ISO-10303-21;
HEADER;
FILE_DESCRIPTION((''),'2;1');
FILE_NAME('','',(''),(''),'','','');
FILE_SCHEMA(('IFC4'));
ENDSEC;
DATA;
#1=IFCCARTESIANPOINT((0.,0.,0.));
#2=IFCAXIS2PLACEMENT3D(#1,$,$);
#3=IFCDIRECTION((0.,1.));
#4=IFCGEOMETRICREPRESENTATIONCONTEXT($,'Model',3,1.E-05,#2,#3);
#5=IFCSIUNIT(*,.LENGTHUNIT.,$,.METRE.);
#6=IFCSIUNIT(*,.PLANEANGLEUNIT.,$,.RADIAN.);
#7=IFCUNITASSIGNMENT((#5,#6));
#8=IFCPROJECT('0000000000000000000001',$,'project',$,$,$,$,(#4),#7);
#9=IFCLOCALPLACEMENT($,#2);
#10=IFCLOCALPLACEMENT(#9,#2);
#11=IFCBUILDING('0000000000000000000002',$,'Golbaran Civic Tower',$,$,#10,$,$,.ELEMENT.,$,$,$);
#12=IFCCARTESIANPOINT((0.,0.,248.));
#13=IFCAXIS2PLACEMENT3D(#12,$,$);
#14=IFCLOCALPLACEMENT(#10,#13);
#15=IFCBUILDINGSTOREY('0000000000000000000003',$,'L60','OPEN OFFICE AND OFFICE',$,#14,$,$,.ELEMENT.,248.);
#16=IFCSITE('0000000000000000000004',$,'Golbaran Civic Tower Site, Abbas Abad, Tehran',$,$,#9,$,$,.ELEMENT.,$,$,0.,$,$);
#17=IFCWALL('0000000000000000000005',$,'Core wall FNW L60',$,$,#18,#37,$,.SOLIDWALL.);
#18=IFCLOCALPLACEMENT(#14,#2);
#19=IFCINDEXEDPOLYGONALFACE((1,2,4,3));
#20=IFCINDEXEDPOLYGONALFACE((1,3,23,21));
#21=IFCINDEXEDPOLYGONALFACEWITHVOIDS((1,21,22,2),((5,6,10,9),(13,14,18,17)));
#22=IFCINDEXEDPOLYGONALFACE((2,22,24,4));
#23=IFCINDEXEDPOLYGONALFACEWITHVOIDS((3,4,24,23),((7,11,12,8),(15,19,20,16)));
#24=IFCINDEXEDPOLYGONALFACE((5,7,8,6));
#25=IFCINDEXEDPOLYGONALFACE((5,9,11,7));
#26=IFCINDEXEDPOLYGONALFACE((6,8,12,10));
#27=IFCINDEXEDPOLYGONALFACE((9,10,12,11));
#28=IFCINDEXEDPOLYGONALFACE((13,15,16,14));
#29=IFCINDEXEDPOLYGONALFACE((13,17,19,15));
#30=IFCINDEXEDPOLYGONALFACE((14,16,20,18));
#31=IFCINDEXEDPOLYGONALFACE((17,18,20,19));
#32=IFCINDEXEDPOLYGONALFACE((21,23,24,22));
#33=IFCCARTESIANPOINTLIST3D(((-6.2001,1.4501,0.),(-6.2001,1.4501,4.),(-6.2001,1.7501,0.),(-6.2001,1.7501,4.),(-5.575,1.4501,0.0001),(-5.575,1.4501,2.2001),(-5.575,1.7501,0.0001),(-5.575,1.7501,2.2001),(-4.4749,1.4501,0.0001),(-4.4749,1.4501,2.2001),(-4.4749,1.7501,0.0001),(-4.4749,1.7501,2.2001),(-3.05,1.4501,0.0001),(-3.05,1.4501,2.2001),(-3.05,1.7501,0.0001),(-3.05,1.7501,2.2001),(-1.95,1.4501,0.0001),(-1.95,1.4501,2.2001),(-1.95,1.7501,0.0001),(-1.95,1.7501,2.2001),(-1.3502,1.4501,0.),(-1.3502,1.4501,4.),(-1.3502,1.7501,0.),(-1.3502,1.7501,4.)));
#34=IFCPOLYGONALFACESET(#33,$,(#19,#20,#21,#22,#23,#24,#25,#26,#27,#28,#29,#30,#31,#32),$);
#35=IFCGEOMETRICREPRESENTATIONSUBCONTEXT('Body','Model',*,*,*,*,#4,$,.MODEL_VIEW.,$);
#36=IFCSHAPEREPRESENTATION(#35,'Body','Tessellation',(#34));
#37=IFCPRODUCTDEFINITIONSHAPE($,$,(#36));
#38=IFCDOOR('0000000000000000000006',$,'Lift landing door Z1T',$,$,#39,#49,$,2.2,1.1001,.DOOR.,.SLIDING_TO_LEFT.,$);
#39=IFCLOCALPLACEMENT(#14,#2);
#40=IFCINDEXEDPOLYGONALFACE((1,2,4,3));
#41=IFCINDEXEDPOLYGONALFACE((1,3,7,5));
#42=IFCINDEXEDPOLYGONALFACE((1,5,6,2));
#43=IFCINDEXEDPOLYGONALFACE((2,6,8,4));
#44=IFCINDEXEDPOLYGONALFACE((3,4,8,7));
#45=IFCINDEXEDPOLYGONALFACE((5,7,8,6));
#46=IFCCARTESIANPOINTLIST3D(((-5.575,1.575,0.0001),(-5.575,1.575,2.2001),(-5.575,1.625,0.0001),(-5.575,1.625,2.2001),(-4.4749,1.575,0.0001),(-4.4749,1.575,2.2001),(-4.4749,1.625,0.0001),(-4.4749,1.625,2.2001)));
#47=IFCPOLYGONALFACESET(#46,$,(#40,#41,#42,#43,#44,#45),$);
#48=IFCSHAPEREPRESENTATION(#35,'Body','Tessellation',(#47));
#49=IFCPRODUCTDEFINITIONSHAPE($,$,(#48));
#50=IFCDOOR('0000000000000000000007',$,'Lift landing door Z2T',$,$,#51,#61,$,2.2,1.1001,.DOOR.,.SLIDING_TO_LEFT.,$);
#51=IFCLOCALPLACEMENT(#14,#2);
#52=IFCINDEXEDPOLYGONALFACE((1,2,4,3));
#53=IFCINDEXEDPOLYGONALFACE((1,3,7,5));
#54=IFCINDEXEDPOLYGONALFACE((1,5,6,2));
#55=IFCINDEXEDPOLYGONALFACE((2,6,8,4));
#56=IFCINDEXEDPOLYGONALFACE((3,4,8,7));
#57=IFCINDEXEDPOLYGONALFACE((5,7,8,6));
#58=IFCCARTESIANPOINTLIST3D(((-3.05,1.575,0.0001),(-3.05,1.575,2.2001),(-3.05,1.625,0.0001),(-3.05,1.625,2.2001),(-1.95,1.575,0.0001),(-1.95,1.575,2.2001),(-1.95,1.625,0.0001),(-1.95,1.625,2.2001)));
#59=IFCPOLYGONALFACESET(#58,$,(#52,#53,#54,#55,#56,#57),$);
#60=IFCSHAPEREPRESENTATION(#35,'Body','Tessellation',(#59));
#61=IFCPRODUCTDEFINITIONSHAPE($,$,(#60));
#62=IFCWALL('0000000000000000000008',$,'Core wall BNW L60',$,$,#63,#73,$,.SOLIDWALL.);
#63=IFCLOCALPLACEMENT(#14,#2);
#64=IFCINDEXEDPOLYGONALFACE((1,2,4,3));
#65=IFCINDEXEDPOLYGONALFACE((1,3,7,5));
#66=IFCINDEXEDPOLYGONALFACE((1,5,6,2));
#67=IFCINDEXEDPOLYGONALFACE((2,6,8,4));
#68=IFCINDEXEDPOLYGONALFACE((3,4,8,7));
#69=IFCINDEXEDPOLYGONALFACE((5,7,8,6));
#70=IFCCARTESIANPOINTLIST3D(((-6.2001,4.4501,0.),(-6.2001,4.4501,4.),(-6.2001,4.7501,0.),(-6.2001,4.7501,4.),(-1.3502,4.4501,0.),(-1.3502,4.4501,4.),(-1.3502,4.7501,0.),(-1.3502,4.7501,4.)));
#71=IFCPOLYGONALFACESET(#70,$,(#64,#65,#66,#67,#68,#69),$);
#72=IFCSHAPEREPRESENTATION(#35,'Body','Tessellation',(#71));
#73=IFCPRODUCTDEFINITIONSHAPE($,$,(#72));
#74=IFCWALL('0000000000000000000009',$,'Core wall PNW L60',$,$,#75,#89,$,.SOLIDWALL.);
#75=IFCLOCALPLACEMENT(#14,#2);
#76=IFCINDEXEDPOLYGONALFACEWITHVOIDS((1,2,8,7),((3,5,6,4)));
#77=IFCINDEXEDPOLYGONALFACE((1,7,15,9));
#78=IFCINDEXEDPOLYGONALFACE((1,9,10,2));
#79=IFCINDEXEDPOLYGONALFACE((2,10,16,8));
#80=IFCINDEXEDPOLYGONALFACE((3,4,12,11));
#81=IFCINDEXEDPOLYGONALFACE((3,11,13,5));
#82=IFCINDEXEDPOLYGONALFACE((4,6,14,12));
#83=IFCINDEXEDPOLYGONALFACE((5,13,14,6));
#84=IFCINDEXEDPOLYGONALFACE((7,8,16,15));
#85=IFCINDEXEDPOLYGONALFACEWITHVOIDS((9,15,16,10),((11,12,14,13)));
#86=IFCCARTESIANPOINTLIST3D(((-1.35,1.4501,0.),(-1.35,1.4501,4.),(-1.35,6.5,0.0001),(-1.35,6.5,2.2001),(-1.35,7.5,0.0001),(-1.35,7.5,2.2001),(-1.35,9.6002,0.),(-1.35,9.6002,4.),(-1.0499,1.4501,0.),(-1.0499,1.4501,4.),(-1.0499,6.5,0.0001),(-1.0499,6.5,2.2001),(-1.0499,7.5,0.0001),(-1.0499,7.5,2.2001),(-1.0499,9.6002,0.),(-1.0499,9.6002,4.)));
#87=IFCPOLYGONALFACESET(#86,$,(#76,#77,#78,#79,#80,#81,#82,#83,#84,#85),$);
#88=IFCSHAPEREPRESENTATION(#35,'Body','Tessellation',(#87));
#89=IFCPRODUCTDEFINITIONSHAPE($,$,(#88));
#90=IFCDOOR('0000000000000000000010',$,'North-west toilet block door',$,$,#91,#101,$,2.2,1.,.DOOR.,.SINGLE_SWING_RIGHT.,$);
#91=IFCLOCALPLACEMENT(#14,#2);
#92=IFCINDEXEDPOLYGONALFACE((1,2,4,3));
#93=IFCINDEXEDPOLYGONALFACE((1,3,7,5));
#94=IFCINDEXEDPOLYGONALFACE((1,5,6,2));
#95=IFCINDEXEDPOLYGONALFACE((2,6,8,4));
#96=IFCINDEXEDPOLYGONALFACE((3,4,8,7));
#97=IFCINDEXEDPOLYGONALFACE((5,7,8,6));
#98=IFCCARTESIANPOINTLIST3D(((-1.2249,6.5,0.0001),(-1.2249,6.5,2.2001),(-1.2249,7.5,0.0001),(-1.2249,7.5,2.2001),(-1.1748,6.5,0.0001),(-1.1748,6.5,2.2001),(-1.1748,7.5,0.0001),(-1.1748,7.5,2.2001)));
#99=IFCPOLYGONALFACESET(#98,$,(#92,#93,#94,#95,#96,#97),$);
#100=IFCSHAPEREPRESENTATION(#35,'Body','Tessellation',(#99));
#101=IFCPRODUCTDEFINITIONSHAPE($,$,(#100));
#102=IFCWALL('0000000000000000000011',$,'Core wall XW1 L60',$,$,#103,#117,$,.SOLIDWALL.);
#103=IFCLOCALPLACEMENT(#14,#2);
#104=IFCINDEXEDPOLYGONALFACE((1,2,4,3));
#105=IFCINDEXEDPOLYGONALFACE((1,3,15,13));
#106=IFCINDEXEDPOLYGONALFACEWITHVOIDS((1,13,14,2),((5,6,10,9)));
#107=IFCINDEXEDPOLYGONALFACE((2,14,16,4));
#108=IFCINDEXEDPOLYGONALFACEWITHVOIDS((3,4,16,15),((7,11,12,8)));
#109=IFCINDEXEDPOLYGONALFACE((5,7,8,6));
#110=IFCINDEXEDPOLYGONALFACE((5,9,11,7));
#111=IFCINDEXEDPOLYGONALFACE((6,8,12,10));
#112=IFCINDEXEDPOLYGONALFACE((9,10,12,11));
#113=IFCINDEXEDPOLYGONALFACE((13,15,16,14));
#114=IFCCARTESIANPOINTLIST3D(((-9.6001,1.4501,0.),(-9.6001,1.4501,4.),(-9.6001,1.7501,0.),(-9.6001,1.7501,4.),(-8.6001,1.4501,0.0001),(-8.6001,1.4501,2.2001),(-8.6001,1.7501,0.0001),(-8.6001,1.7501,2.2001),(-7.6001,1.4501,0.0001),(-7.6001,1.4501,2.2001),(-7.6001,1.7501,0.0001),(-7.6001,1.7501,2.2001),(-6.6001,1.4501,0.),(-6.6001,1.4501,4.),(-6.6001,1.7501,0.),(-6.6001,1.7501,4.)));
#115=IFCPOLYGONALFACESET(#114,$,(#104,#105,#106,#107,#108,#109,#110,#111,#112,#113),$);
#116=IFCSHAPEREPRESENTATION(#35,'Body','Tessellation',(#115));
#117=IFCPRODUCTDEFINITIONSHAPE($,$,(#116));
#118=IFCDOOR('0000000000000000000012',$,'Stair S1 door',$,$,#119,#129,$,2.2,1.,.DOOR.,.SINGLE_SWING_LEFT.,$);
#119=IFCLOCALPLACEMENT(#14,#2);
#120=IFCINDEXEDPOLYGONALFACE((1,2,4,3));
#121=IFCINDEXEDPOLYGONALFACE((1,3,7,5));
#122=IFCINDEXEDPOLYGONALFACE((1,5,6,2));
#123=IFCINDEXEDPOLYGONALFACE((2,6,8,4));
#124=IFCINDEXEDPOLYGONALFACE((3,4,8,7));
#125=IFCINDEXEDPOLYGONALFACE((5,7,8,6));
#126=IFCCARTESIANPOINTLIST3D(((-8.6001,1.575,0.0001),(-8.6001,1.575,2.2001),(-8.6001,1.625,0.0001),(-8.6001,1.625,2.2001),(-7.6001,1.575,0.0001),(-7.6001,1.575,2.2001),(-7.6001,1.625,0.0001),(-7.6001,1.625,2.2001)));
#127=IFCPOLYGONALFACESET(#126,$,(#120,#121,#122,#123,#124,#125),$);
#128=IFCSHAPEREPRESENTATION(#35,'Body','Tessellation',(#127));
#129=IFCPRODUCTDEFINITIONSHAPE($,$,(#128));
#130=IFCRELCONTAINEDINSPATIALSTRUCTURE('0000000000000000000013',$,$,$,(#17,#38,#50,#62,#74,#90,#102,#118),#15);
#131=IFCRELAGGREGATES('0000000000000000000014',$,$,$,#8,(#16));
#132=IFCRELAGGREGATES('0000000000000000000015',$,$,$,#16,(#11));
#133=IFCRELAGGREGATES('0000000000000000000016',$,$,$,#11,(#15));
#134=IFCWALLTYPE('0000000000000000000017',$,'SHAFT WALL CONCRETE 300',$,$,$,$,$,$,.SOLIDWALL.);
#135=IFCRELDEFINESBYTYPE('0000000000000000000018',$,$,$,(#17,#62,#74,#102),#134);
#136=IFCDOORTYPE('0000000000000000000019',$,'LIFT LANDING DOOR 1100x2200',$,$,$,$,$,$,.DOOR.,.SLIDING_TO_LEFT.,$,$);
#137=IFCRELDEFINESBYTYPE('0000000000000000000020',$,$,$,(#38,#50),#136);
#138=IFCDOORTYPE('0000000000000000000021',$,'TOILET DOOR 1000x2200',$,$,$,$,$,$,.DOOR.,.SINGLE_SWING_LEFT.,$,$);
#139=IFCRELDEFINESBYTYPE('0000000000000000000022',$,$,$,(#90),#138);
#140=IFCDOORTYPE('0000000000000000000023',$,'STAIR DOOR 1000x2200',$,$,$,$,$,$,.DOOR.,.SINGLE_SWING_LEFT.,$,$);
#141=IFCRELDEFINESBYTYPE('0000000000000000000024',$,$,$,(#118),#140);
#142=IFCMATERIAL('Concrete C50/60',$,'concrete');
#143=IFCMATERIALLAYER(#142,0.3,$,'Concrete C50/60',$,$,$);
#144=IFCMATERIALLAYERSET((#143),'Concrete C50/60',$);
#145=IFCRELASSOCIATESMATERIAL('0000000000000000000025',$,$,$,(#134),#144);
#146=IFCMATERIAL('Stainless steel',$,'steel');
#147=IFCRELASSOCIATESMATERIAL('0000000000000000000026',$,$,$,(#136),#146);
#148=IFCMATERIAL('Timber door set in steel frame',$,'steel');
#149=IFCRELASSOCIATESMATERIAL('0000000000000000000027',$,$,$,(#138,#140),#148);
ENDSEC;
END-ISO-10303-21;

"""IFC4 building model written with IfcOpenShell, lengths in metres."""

from ifc_helpers import new_model, si_unit, direction, frame, frame_2d, origin, place, context, subcontext, project, spatial, rectangle, extrude, material, layer, layer_set, type_object, element, fill, save


model = new_model("IFC4")

# Units and contexts
model_context = context("Model", 3, precision=1e-05, world=origin(), true_north=direction((0.0, 1.0)))
body_context = subcontext(model_context, "Body", "Model", "MODEL_VIEW")
ifc_project = project(units=[si_unit("LENGTHUNIT", "METRE"), si_unit("PLANEANGLEUNIT", "RADIAN")], contexts=[model_context])

# Site, building, storey
site_placement = place(None, origin())
site = spatial("IfcSite", under=ifc_project, at=site_placement, Name="Golbaran Civic Tower Site, Abbas Abad, Tehran", CompositionType="ELEMENT", RefElevation=0.0)
building_placement = place(site_placement, origin())
building = spatial("IfcBuilding", under=site, at=building_placement, Name="Golbaran Civic Tower", CompositionType="ELEMENT")
storey_placement = place(building_placement, frame((0.0, 0.0, 248.0)))
storey = spatial("IfcBuildingStorey", under=building, at=storey_placement, Name="L60", Description="OPEN OFFICE AND OFFICE", CompositionType="ELEMENT", Elevation=248.0)

# Shared definitions
ifc_material_1 = material(Name="Timber door set in steel frame", Category="steel")

# Wall, openings, doors
ifc_material_2 = material(Name="Concrete C50/60", Category="concrete")
ifc_layer_1 = layer(ifc_material_2, 0.3, Name="Concrete C50/60")
ifc_layer_set_1 = layer_set([ifc_layer_1], Name="Concrete C50/60")
wall_type_1 = type_object("IfcWallType", Name="SHAFT WALL CONCRETE 300", PredefinedType="SOLIDWALL", material=ifc_layer_set_1)
wall_1_placement = place(storey_placement, frame((-6.2, 1.6001, 0.0), z_axis=(0.0, 0.0, 1.0), x_axis=(1.0, 0.0, 0.0)))
wall_1 = element("IfcWall", 1, at=wall_1_placement, inside=storey, type_object=wall_type_1, Name="Core wall FNW L60", PredefinedType="SOLIDWALL", context=body_context, shape_type="SweptSolid", body=[
    extrude(rectangle(XDim=4.8499, YDim=0.3, at=frame_2d((2.4248, 0.0))), origin(), (0.0, 0.0, 1.0), 4.0),
])
opening_1_placement = place(wall_1_placement, frame((0.625, 0.0, 0.0)))
opening_1 = element("IfcOpeningElement", 2, at=opening_1_placement, cuts=wall_1, PredefinedType="OPENING", context=body_context, shape_type="SweptSolid", body=[
    extrude(rectangle(XDim=1.1001, YDim=2.2, at=frame_2d((0.55, 1.1001))), frame((0.0, 0.1599, 0.0), z_axis=(0.0, -1.0, 0.0), x_axis=(1.0, 0.0, 0.0)), (0.0, 0.0, 1.0), 0.3201),
])
opening_2_placement = place(wall_1_placement, frame((3.1499, 0.0, 0.0)))
opening_2 = element("IfcOpeningElement", 3, at=opening_2_placement, cuts=wall_1, PredefinedType="OPENING", context=body_context, shape_type="SweptSolid", body=[
    extrude(rectangle(XDim=1.1001, YDim=2.2, at=frame_2d((0.55, 1.1001))), frame((0.0, 0.1599, 0.0), z_axis=(0.0, -1.0, 0.0), x_axis=(1.0, 0.0, 0.0)), (0.0, 0.0, 1.0), 0.3201),
])
ifc_material_3 = material(Name="Stainless steel", Category="steel")
door_type_1 = type_object("IfcDoorType", Name="LIFT LANDING DOOR 1100x2200", OperationType="SLIDING_TO_LEFT", PredefinedType="DOOR", material=ifc_material_3)
door_1_placement = place(opening_1_placement, origin())
door_1 = element("IfcDoor", 4, at=door_1_placement, inside=storey, type_object=door_type_1, Name="Lift landing door Z1T", OperationType="SLIDING_TO_LEFT", OverallHeight=2.2, OverallWidth=1.1001, PredefinedType="DOOR", context=body_context, shape_type="SweptSolid", body=[
    extrude(rectangle(XDim=1.1001, YDim=2.2, at=frame_2d((0.55, 1.1001))), frame((0.0, 0.0249, 0.0), z_axis=(0.0, -1.0, 0.0), x_axis=(1.0, 0.0, 0.0)), (0.0, 0.0, 1.0), 0.05),
])
fill(opening_1, door_1)
door_2_placement = place(opening_2_placement, origin())
door_2 = element("IfcDoor", 5, at=door_2_placement, inside=storey, type_object=door_type_1, Name="Lift landing door Z2T", OperationType="SLIDING_TO_LEFT", OverallHeight=2.2, OverallWidth=1.1001, PredefinedType="DOOR", context=body_context, shape_type="SweptSolid", body=[
    extrude(rectangle(XDim=1.1001, YDim=2.2, at=frame_2d((0.55, 1.1001))), frame((0.0, 0.0249, 0.0), z_axis=(0.0, -1.0, 0.0), x_axis=(1.0, 0.0, 0.0)), (0.0, 0.0, 1.0), 0.05),
])
fill(opening_2, door_2)

# Wall
wall_2_placement = place(storey_placement, frame((-6.2, 4.6001, 0.0), z_axis=(0.0, 0.0, 1.0), x_axis=(1.0, 0.0, 0.0)))
element("IfcWall", 6, at=wall_2_placement, inside=storey, type_object=wall_type_1, Name="Core wall BNW L60", PredefinedType="SOLIDWALL", context=body_context, shape_type="SweptSolid", body=[
    extrude(rectangle(XDim=4.8499, YDim=0.3, at=frame_2d((2.4248, 0.0))), origin(), (0.0, 0.0, 1.0), 4.0),
])

# Walls, openings, doors
wall_3_placement = place(storey_placement, frame((-1.2, 1.45, 0.0), z_axis=(0.0, 0.0, 1.0), x_axis=(0.0, 1.0, 0.0)))
wall_3 = element("IfcWall", 7, at=wall_3_placement, inside=storey, type_object=wall_type_1, Name="Core wall PNW L60", PredefinedType="SOLIDWALL", context=body_context, shape_type="SweptSolid", body=[
    extrude(rectangle(XDim=8.1501, YDim=0.3, at=frame_2d((4.0752, 0.0))), origin(), (0.0, 0.0, 1.0), 4.0),
])
opening_3_placement = place(wall_3_placement, frame((5.05, 0.0, 0.0)))
opening_3 = element("IfcOpeningElement", 8, at=opening_3_placement, cuts=wall_3, PredefinedType="OPENING", context=body_context, shape_type="SweptSolid", body=[
    extrude(rectangle(XDim=1.0, YDim=2.2, at=frame_2d((0.5, 1.1001))), frame((0.0, 0.1599, 0.0), z_axis=(0.0, -1.0, 0.0), x_axis=(1.0, 0.0, 0.0)), (0.0, 0.0, 1.0), 0.3201),
])
door_type_2 = type_object("IfcDoorType", Name="TOILET DOOR 1000x2200", OperationType="SINGLE_SWING_LEFT", PredefinedType="DOOR", material=ifc_material_1)
door_3_placement = place(opening_3_placement, origin())
door_3 = element("IfcDoor", 9, at=door_3_placement, inside=storey, type_object=door_type_2, Name="North-west toilet block door", OperationType="SINGLE_SWING_RIGHT", OverallHeight=2.2, OverallWidth=1.0, PredefinedType="DOOR", context=body_context, shape_type="SweptSolid", body=[
    extrude(rectangle(XDim=1.0, YDim=2.2, at=frame_2d((0.5, 1.1001))), frame((0.0, 0.0249, 0.0), z_axis=(0.0, -1.0, 0.0), x_axis=(1.0, 0.0, 0.0)), (0.0, 0.0, 1.0), 0.05),
])
fill(opening_3, door_3)
wall_4_placement = place(storey_placement, frame((-9.6001, 1.6001, 0.0), z_axis=(0.0, 0.0, 1.0), x_axis=(1.0, 0.0, 0.0)))
wall_4 = element("IfcWall", 10, at=wall_4_placement, inside=storey, type_object=wall_type_1, Name="Core wall XW1 L60", PredefinedType="SOLIDWALL", context=body_context, shape_type="SweptSolid", body=[
    extrude(rectangle(XDim=3.0, YDim=0.3, at=frame_2d((1.5, 0.0))), origin(), (0.0, 0.0, 1.0), 4.0),
])
opening_4_placement = place(wall_4_placement, frame((1.0, 0.0, 0.0)))
opening_4 = element("IfcOpeningElement", 11, at=opening_4_placement, cuts=wall_4, PredefinedType="OPENING", context=body_context, shape_type="SweptSolid", body=[
    extrude(rectangle(XDim=1.0, YDim=2.2, at=frame_2d((0.5, 1.1001))), frame((0.0, 0.1599, 0.0), z_axis=(0.0, -1.0, 0.0), x_axis=(1.0, 0.0, 0.0)), (0.0, 0.0, 1.0), 0.3201),
])
door_type_3 = type_object("IfcDoorType", Name="STAIR DOOR 1000x2200", OperationType="SINGLE_SWING_LEFT", PredefinedType="DOOR", material=ifc_material_1)
door_4_placement = place(opening_4_placement, origin())
door_4 = element("IfcDoor", 12, at=door_4_placement, inside=storey, type_object=door_type_3, Name="Stair S1 door", OperationType="SINGLE_SWING_LEFT", OverallHeight=2.2, OverallWidth=1.0, PredefinedType="DOOR", context=body_context, shape_type="SweptSolid", body=[
    extrude(rectangle(XDim=1.0, YDim=2.2, at=frame_2d((0.5, 1.1001))), frame((0.0, 0.0249, 0.0), z_axis=(0.0, -1.0, 0.0), x_axis=(1.0, 0.0, 0.0)), (0.0, 0.0, 1.0), 0.05),
])
fill(opening_4, door_4)

save(model, "model.ifc")
